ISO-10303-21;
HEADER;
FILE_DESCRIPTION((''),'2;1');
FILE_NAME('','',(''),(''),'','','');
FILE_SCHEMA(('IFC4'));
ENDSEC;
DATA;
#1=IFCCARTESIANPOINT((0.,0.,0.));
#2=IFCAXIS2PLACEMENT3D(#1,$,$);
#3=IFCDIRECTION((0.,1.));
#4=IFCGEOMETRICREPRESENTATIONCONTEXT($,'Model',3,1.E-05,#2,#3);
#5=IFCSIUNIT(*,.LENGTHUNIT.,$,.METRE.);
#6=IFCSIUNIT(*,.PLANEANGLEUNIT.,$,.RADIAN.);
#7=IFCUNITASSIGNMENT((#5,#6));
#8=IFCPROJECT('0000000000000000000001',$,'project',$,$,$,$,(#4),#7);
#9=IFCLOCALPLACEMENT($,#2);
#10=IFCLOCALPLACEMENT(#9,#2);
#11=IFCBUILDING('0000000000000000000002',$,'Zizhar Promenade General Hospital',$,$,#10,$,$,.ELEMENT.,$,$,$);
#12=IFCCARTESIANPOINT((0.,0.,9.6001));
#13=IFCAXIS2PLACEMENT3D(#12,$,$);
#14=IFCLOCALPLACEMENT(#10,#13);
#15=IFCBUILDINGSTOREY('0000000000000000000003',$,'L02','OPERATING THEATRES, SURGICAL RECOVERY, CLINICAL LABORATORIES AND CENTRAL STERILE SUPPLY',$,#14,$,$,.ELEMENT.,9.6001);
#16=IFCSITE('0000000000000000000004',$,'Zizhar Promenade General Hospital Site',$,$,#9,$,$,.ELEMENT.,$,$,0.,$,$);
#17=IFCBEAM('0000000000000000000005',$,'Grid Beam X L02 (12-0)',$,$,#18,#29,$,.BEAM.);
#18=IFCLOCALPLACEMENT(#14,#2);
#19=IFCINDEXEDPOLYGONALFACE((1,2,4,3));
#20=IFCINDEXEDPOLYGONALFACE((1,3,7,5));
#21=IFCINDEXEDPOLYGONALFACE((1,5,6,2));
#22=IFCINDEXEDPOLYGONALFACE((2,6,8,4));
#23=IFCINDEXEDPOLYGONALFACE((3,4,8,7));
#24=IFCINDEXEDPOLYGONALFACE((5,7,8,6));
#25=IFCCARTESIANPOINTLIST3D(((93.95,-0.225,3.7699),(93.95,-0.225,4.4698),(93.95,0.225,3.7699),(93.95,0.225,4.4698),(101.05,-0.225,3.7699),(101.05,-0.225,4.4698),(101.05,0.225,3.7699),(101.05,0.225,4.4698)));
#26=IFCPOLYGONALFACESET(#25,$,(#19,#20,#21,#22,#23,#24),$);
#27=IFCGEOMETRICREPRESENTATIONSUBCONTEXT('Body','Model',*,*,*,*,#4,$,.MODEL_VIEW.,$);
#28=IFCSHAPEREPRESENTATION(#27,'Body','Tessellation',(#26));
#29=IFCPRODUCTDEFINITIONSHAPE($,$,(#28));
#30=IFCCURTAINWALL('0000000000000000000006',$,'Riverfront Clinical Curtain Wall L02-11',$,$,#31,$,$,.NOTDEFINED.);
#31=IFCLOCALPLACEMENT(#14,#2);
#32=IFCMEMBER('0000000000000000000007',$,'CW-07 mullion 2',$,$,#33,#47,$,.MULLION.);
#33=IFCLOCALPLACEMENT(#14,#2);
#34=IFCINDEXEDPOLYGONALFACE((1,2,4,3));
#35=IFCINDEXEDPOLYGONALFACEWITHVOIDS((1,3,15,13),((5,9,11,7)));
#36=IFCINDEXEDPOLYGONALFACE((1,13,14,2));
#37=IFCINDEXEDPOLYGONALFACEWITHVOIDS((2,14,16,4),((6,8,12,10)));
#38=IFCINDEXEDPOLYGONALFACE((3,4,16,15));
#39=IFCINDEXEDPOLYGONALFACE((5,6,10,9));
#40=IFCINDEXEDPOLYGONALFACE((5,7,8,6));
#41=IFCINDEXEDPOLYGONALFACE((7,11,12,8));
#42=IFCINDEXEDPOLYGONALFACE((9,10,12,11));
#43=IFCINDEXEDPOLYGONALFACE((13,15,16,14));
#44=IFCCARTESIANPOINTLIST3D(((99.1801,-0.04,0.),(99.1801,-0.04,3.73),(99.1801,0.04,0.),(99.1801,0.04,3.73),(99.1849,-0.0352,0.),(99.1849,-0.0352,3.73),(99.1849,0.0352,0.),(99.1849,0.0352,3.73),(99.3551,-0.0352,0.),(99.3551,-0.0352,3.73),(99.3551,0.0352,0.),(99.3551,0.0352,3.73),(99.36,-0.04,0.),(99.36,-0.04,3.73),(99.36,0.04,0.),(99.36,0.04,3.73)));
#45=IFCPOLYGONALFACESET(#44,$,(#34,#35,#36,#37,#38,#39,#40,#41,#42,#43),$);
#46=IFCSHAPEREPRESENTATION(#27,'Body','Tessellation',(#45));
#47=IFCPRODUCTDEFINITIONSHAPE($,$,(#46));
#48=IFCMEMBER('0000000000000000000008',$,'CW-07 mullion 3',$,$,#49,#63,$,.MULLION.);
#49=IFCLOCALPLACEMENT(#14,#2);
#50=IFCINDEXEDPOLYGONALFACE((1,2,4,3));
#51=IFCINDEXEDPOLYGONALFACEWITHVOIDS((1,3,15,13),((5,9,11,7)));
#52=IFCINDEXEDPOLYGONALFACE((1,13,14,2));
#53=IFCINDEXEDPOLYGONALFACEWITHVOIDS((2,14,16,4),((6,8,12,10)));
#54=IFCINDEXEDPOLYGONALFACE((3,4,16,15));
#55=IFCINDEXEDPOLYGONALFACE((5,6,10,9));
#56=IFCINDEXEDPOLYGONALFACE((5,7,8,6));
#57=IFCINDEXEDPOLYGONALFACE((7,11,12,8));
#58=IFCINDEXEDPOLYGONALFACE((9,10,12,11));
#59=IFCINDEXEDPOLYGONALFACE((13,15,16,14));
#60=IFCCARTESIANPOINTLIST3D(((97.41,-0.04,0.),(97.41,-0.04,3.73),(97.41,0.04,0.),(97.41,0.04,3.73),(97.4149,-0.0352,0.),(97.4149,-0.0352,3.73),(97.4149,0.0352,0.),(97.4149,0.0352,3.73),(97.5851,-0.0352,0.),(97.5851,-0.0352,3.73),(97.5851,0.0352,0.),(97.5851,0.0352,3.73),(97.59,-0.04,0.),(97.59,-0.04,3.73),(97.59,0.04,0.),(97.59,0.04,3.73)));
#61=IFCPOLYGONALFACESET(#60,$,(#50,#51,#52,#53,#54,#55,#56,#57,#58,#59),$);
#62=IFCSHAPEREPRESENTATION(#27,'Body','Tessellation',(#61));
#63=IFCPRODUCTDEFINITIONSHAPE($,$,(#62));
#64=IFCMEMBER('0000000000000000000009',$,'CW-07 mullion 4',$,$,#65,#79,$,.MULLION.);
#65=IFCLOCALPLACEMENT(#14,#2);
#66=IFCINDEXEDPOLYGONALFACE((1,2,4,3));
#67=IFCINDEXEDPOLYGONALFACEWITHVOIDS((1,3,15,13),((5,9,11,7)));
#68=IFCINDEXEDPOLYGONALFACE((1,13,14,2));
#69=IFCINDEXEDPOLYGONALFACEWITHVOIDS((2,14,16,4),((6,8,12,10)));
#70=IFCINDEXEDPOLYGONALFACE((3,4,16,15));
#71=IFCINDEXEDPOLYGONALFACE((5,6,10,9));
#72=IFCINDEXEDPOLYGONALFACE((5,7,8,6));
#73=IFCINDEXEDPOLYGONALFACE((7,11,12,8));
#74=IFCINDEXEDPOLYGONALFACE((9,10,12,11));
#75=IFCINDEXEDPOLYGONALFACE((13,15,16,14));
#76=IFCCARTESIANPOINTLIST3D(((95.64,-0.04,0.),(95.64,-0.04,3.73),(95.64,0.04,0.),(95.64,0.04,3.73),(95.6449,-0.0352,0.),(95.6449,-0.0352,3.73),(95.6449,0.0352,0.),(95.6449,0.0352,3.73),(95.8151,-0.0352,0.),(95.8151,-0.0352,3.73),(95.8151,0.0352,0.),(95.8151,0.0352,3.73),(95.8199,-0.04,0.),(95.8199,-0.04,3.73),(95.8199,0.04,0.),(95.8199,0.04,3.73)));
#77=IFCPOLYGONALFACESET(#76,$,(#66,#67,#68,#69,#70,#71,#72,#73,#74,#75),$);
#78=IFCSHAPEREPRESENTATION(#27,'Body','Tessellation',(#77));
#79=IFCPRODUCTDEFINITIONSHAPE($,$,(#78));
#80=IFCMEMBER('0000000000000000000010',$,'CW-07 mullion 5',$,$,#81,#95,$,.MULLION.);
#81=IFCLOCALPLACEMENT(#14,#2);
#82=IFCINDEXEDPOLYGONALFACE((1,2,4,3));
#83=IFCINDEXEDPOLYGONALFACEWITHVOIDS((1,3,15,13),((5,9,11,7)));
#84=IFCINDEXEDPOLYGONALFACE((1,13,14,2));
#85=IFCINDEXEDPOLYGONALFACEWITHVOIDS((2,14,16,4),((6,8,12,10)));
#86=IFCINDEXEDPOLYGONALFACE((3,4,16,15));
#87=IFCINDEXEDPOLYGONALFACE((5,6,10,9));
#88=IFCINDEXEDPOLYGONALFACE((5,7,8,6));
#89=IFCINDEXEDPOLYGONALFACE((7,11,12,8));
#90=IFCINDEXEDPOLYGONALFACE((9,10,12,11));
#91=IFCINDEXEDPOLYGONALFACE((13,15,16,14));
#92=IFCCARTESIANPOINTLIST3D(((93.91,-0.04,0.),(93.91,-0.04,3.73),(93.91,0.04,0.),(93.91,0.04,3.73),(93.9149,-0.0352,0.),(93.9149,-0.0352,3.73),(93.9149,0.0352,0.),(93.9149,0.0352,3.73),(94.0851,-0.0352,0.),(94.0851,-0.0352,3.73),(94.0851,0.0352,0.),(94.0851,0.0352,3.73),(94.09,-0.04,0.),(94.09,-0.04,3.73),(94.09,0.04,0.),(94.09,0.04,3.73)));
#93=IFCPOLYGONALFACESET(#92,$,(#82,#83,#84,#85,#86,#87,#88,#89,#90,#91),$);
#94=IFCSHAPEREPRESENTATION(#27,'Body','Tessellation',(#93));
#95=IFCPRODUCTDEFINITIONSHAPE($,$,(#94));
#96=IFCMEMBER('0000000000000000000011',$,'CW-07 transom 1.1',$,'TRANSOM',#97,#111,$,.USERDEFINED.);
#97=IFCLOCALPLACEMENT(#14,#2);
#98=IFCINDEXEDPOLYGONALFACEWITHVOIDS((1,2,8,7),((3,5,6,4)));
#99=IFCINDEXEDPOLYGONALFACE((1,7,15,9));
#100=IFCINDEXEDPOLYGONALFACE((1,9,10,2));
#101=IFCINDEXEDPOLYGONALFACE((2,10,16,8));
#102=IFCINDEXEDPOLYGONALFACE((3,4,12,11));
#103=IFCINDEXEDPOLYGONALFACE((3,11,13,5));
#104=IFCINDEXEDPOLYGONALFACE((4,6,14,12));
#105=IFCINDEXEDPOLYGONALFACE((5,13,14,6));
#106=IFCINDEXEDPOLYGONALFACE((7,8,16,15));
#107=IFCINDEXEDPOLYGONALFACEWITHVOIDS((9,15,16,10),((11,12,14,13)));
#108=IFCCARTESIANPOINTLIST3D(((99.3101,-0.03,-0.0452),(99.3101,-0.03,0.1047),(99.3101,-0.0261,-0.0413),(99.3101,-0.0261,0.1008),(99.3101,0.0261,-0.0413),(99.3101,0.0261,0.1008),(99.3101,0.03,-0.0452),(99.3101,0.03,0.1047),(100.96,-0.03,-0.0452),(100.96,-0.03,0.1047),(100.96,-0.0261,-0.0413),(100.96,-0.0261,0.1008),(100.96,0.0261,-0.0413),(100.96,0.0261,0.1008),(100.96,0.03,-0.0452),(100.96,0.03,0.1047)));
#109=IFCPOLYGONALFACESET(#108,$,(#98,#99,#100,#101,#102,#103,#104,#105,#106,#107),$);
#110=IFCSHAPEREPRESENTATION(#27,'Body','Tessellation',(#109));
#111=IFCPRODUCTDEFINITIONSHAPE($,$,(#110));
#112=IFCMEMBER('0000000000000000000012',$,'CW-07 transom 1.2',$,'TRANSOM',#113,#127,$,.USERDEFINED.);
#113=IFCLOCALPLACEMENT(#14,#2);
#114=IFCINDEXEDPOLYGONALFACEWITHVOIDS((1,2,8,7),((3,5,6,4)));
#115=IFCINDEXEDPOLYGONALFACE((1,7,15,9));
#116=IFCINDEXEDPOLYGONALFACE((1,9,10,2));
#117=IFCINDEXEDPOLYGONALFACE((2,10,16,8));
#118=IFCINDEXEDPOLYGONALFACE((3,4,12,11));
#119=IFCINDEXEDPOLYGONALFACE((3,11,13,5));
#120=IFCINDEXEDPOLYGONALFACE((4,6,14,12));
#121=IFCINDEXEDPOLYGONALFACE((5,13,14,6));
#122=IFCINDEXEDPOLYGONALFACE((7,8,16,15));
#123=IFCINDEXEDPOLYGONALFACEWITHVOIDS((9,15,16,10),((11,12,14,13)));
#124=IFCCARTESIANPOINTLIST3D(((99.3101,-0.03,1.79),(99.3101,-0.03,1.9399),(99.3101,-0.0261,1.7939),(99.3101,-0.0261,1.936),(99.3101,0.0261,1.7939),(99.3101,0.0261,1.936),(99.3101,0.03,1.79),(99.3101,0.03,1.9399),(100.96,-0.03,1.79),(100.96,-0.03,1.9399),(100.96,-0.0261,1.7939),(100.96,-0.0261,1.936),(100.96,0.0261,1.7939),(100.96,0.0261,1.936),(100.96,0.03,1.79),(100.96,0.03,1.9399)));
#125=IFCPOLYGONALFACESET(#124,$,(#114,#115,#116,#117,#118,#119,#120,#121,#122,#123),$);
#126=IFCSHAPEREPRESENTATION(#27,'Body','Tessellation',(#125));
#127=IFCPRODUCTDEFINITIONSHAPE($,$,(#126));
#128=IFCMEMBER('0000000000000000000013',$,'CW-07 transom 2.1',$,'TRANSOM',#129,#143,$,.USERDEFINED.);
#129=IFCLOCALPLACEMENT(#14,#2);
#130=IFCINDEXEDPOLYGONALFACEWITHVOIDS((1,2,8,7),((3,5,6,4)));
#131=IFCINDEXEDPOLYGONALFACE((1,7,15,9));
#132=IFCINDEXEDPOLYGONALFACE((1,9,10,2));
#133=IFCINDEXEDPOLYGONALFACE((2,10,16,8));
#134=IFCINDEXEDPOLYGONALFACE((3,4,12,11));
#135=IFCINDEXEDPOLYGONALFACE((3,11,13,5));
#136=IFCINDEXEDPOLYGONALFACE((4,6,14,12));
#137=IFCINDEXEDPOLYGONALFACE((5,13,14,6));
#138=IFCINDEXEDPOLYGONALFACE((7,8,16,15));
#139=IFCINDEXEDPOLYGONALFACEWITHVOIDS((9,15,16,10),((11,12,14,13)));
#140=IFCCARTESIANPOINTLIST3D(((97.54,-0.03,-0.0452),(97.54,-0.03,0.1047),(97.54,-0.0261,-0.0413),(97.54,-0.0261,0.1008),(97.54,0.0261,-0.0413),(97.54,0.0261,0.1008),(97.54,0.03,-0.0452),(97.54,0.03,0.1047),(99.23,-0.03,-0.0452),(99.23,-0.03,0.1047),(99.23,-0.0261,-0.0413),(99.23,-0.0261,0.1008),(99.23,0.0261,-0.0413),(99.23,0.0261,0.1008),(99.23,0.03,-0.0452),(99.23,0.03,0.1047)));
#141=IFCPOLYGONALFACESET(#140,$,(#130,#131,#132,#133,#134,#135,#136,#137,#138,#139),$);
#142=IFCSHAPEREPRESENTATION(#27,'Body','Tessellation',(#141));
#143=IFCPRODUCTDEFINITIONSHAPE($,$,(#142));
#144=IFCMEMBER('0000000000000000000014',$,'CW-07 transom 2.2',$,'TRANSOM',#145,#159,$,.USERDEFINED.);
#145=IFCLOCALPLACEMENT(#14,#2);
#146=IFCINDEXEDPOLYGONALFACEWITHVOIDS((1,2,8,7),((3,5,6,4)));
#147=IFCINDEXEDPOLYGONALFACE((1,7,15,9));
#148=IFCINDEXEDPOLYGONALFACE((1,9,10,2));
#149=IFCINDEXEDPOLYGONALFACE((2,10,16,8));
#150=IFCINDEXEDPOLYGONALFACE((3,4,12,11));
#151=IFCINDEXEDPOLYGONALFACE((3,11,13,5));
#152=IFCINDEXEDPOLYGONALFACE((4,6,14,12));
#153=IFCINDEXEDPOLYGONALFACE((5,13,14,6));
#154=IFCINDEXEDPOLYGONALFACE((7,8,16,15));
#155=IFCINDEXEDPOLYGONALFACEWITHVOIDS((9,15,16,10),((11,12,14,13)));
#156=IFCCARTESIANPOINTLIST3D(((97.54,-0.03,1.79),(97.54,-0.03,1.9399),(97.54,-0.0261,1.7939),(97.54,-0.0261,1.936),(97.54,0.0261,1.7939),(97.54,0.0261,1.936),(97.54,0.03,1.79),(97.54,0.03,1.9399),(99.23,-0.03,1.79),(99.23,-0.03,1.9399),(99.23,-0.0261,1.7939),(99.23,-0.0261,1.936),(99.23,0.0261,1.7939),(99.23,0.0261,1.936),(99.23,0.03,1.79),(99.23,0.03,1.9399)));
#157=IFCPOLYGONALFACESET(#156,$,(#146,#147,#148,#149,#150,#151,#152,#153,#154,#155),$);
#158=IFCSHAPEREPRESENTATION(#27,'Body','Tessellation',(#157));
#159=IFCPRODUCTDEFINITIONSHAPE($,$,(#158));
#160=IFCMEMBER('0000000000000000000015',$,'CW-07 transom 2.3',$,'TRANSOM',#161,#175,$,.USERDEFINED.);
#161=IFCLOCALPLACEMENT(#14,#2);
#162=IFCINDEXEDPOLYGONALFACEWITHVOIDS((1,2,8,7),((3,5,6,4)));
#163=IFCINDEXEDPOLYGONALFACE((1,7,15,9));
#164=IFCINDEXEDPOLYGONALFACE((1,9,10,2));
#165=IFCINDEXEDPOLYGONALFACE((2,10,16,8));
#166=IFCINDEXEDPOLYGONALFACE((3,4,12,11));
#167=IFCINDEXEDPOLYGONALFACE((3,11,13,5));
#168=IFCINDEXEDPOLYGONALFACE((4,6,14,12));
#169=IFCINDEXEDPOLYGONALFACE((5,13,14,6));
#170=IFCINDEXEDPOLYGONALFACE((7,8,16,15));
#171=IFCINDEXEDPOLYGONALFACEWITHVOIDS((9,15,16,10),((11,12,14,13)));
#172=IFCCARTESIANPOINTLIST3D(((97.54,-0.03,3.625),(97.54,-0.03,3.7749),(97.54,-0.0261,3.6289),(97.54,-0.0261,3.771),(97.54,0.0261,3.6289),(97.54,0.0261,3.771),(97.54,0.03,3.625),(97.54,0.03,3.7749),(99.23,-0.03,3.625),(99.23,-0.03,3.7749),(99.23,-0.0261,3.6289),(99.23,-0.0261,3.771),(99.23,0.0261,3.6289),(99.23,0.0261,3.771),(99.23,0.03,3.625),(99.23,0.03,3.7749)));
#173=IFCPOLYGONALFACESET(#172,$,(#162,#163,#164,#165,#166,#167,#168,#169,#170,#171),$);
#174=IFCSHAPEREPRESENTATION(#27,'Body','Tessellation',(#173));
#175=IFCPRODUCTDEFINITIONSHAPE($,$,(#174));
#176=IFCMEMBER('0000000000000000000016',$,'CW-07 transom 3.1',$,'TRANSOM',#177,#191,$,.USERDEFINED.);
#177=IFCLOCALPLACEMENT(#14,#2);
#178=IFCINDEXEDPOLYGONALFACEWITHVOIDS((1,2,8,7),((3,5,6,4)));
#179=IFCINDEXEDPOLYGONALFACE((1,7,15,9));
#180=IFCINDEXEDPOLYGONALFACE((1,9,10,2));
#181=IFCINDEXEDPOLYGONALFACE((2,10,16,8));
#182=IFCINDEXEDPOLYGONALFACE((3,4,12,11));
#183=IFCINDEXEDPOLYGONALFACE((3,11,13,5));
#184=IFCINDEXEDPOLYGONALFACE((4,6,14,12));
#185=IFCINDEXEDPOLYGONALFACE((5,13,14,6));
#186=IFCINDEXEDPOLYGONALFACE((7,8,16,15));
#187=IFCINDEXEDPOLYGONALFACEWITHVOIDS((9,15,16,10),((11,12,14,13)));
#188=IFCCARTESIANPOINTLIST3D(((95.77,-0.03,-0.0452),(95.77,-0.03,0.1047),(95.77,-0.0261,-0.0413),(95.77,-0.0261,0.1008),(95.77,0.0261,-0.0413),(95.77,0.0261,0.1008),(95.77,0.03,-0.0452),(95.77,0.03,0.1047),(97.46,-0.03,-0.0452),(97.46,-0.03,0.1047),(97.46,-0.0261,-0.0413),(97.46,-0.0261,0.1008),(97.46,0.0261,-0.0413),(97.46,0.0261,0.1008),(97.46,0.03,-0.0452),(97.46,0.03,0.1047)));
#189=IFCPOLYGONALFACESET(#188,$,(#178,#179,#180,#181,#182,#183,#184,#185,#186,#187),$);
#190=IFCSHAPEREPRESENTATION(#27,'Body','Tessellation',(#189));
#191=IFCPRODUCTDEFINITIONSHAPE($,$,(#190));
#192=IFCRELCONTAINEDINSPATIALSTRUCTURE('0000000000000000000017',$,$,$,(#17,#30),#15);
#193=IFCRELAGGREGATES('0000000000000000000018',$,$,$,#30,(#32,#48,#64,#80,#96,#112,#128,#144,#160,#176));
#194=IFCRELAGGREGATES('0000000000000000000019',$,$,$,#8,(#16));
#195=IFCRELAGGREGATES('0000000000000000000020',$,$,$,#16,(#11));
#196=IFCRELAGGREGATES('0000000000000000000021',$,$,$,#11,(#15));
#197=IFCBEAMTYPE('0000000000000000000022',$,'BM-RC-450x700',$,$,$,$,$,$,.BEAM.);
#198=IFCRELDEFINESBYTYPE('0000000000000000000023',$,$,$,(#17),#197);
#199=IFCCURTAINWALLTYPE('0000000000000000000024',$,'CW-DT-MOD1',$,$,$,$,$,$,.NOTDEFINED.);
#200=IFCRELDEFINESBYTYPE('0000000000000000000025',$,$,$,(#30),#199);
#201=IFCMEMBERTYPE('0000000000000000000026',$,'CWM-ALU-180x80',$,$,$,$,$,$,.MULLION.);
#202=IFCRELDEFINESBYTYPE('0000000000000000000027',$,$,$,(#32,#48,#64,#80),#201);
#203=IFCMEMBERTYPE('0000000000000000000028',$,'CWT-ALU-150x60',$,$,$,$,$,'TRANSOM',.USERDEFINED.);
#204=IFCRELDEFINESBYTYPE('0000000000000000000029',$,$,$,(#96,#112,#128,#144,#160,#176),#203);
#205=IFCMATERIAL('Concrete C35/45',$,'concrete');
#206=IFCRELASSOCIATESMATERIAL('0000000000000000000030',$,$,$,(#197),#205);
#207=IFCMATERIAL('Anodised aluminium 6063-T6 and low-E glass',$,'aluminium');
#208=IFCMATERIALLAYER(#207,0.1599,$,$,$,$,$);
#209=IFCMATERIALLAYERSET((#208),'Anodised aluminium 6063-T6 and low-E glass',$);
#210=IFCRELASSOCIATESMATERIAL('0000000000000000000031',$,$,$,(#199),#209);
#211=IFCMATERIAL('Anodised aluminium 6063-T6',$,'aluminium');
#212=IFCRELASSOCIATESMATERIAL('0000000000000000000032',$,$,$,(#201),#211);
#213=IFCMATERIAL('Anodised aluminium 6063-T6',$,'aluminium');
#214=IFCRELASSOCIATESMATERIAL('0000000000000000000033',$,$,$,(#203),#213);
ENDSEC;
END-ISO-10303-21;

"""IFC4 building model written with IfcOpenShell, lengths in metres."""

from ifc_helpers import new_model, si_unit, direction, frame, origin, origin_2d, place, context, subcontext, project, spatial, rectangle, hollow_rectangle, extrude, material, layer, layer_set, material_profile, profile_set, type_object, element, aggregate, save


model = new_model("IFC4")

# Units and contexts
model_context = context("Model", 3, precision=1e-05, world=origin(), true_north=direction((0.0, 1.0)))
body_context = subcontext(model_context, "Body", "Model", "MODEL_VIEW")
ifc_project = project(units=[si_unit("LENGTHUNIT", "METRE"), si_unit("PLANEANGLEUNIT", "RADIAN")], contexts=[model_context])

# Site, building, storey
site_placement = place(None, origin())
site = spatial("IfcSite", under=ifc_project, at=site_placement, Name="Zizhar Promenade General Hospital Site", CompositionType="ELEMENT", RefElevation=0.0)
building_placement = place(site_placement, origin())
building = spatial("IfcBuilding", under=site, at=building_placement, Name="Zizhar Promenade General Hospital", CompositionType="ELEMENT")
storey_placement = place(building_placement, frame((0.0, 0.0, 9.6001)))
storey = spatial("IfcBuildingStorey", under=building, at=storey_placement, Name="L02", Description="OPERATING THEATRES, SURGICAL RECOVERY, CLINICAL LABORATORIES AND CENTRAL STERILE SUPPLY", CompositionType="ELEMENT", Elevation=9.6001)

# Beam
ifc_material_1 = material(Name="Concrete C35/45", Category="concrete")
ifc_material_profile_1 = material_profile(ifc_material_1, rectangle(XDim=0.45, YDim=0.7, at=origin_2d()))
ifc_profile_set_1 = profile_set([ifc_material_profile_1], Name="Concrete C35/45")
beam_type = type_object("IfcBeamType", Name="BM-RC-450x700", PredefinedType="BEAM", material=ifc_profile_set_1)
beam_placement = place(storey_placement, frame((93.95, 0.0, 4.1199), z_axis=(1.0, 0.0, 0.0), x_axis=(0.0, 1.0, 0.0)))
element("IfcBeam", 1, at=beam_placement, inside=storey, type_object=beam_type, Name="Grid Beam X L02 (12-0)", PredefinedType="BEAM", context=body_context, shape_type="SweptSolid", body=[
    extrude(rectangle(XDim=0.45, YDim=0.7, at=origin_2d()), origin(), (0.0, 0.0, 1.0), 7.1001),
])

# Curtain wall, members
ifc_material_2 = material(Name="Anodised aluminium 6063-T6 and low-E glass", Category="aluminium")
ifc_layer_1 = layer(ifc_material_2, 0.1599)
ifc_layer_set_1 = layer_set([ifc_layer_1], Name="Anodised aluminium 6063-T6 and low-E glass")
curtain_wall_type = type_object("IfcCurtainWallType", Name="CW-DT-MOD1", PredefinedType="NOTDEFINED", material=ifc_layer_set_1)
curtain_wall_placement = place(storey_placement, origin())
curtain_wall = element("IfcCurtainWall", 2, at=curtain_wall_placement, inside=storey, type_object=curtain_wall_type, Name="Riverfront Clinical Curtain Wall L02-11", PredefinedType="NOTDEFINED")
ifc_material_3 = material(Name="Anodised aluminium 6063-T6", Category="aluminium")
ifc_material_profile_2 = material_profile(ifc_material_3, hollow_rectangle(XDim=0.0801, YDim=0.1799, WallThickness=0.0049, at=origin_2d()))
ifc_profile_set_2 = profile_set([ifc_material_profile_2], Name="Anodised aluminium 6063-T6")
member_type_1 = type_object("IfcMemberType", Name="CWM-ALU-180x80", PredefinedType="MULLION", material=ifc_profile_set_2)
member_1_placement = place(storey_placement, frame((99.27, 0.0, 0.0), z_axis=(0.0, 0.0, 1.0), x_axis=(0.0, -1.0, 0.0)))
member_1 = element("IfcMember", 3, at=member_1_placement, type_object=member_type_1, Name="CW-07 mullion 2", PredefinedType="MULLION", context=body_context, shape_type="SweptSolid", body=[
    extrude(hollow_rectangle(XDim=0.0801, YDim=0.1799, WallThickness=0.0049, at=origin_2d()), origin(), (0.0, 0.0, 1.0), 3.73),
])
member_2_placement = place(storey_placement, frame((97.5, 0.0, 0.0), z_axis=(0.0, 0.0, 1.0), x_axis=(0.0, -1.0, 0.0)))
member_2 = element("IfcMember", 4, at=member_2_placement, type_object=member_type_1, Name="CW-07 mullion 3", PredefinedType="MULLION", context=body_context, shape_type="SweptSolid", body=[
    extrude(hollow_rectangle(XDim=0.0801, YDim=0.1799, WallThickness=0.0049, at=origin_2d()), origin(), (0.0, 0.0, 1.0), 3.73),
])
member_3_placement = place(storey_placement, frame((95.73, 0.0, 0.0), z_axis=(0.0, 0.0, 1.0), x_axis=(0.0, -1.0, 0.0)))
member_3 = element("IfcMember", 5, at=member_3_placement, type_object=member_type_1, Name="CW-07 mullion 4", PredefinedType="MULLION", context=body_context, shape_type="SweptSolid", body=[
    extrude(hollow_rectangle(XDim=0.0801, YDim=0.1799, WallThickness=0.0049, at=origin_2d()), origin(), (0.0, 0.0, 1.0), 3.73),
])
member_4_placement = place(storey_placement, frame((94.0, 0.0, 0.0), z_axis=(0.0, 0.0, 1.0), x_axis=(0.0, -1.0, 0.0)))
member_4 = element("IfcMember", 6, at=member_4_placement, type_object=member_type_1, Name="CW-07 mullion 5", PredefinedType="MULLION", context=body_context, shape_type="SweptSolid", body=[
    extrude(hollow_rectangle(XDim=0.0801, YDim=0.1799, WallThickness=0.0049, at=origin_2d()), origin(), (0.0, 0.0, 1.0), 3.73),
])
ifc_material_4 = material(Name="Anodised aluminium 6063-T6", Category="aluminium")
ifc_material_profile_3 = material_profile(ifc_material_4, hollow_rectangle(XDim=0.0601, YDim=0.1499, WallThickness=0.0039, at=origin_2d()))
ifc_profile_set_3 = profile_set([ifc_material_profile_3], Name="Anodised aluminium 6063-T6")
member_type_2 = type_object("IfcMemberType", Name="CWT-ALU-150x60", ElementType="TRANSOM", PredefinedType="USERDEFINED", material=ifc_profile_set_3)
member_5_placement = place(storey_placement, frame((100.96, 0.0, 0.0298), z_axis=(-1.0, 0.0, 0.0), x_axis=(0.0, -1.0, 0.0)))
member_5 = element("IfcMember", 7, at=member_5_placement, type_object=member_type_2, Name="CW-07 transom 1.1", ObjectType="TRANSOM", PredefinedType="USERDEFINED", context=body_context, shape_type="SweptSolid", body=[
    extrude(hollow_rectangle(XDim=0.0601, YDim=0.1499, WallThickness=0.0039, at=origin_2d()), origin(), (0.0, 0.0, 1.0), 1.6499),
])
member_6_placement = place(storey_placement, frame((100.96, 0.0, 1.865), z_axis=(-1.0, 0.0, 0.0), x_axis=(0.0, -1.0, 0.0)))
member_6 = element("IfcMember", 8, at=member_6_placement, type_object=member_type_2, Name="CW-07 transom 1.2", ObjectType="TRANSOM", PredefinedType="USERDEFINED", context=body_context, shape_type="SweptSolid", body=[
    extrude(hollow_rectangle(XDim=0.0601, YDim=0.1499, WallThickness=0.0039, at=origin_2d()), origin(), (0.0, 0.0, 1.0), 1.6499),
])
member_7_placement = place(storey_placement, frame((99.23, 0.0, 0.0298), z_axis=(-1.0, 0.0, 0.0), x_axis=(0.0, -1.0, 0.0)))
member_7 = element("IfcMember", 9, at=member_7_placement, type_object=member_type_2, Name="CW-07 transom 2.1", ObjectType="TRANSOM", PredefinedType="USERDEFINED", context=body_context, shape_type="SweptSolid", body=[
    extrude(hollow_rectangle(XDim=0.0601, YDim=0.1499, WallThickness=0.0039, at=origin_2d()), origin(), (0.0, 0.0, 1.0), 1.6899),
])
member_8_placement = place(storey_placement, frame((99.23, 0.0, 1.865), z_axis=(-1.0, 0.0, 0.0), x_axis=(0.0, -1.0, 0.0)))
member_8 = element("IfcMember", 10, at=member_8_placement, type_object=member_type_2, Name="CW-07 transom 2.2", ObjectType="TRANSOM", PredefinedType="USERDEFINED", context=body_context, shape_type="SweptSolid", body=[
    extrude(hollow_rectangle(XDim=0.0601, YDim=0.1499, WallThickness=0.0039, at=origin_2d()), origin(), (0.0, 0.0, 1.0), 1.6899),
])
member_9_placement = place(storey_placement, frame((99.23, 0.0, 3.7), z_axis=(-1.0, 0.0, 0.0), x_axis=(0.0, -1.0, 0.0)))
member_9 = element("IfcMember", 11, at=member_9_placement, type_object=member_type_2, Name="CW-07 transom 2.3", ObjectType="TRANSOM", PredefinedType="USERDEFINED", context=body_context, shape_type="SweptSolid", body=[
    extrude(hollow_rectangle(XDim=0.0601, YDim=0.1499, WallThickness=0.0039, at=origin_2d()), origin(), (0.0, 0.0, 1.0), 1.6899),
])
member_10_placement = place(storey_placement, frame((97.46, 0.0, 0.0298), z_axis=(-1.0, 0.0, 0.0), x_axis=(0.0, -1.0, 0.0)))
member_10 = element("IfcMember", 12, at=member_10_placement, type_object=member_type_2, Name="CW-07 transom 3.1", ObjectType="TRANSOM", PredefinedType="USERDEFINED", context=body_context, shape_type="SweptSolid", body=[
    extrude(hollow_rectangle(XDim=0.0601, YDim=0.1499, WallThickness=0.0039, at=origin_2d()), origin(), (0.0, 0.0, 1.0), 1.6899),
])
aggregate(curtain_wall, [member_1, member_2, member_3, member_4, member_5, member_6, member_7, member_8, member_9, member_10])

save(model, "model.ifc")
